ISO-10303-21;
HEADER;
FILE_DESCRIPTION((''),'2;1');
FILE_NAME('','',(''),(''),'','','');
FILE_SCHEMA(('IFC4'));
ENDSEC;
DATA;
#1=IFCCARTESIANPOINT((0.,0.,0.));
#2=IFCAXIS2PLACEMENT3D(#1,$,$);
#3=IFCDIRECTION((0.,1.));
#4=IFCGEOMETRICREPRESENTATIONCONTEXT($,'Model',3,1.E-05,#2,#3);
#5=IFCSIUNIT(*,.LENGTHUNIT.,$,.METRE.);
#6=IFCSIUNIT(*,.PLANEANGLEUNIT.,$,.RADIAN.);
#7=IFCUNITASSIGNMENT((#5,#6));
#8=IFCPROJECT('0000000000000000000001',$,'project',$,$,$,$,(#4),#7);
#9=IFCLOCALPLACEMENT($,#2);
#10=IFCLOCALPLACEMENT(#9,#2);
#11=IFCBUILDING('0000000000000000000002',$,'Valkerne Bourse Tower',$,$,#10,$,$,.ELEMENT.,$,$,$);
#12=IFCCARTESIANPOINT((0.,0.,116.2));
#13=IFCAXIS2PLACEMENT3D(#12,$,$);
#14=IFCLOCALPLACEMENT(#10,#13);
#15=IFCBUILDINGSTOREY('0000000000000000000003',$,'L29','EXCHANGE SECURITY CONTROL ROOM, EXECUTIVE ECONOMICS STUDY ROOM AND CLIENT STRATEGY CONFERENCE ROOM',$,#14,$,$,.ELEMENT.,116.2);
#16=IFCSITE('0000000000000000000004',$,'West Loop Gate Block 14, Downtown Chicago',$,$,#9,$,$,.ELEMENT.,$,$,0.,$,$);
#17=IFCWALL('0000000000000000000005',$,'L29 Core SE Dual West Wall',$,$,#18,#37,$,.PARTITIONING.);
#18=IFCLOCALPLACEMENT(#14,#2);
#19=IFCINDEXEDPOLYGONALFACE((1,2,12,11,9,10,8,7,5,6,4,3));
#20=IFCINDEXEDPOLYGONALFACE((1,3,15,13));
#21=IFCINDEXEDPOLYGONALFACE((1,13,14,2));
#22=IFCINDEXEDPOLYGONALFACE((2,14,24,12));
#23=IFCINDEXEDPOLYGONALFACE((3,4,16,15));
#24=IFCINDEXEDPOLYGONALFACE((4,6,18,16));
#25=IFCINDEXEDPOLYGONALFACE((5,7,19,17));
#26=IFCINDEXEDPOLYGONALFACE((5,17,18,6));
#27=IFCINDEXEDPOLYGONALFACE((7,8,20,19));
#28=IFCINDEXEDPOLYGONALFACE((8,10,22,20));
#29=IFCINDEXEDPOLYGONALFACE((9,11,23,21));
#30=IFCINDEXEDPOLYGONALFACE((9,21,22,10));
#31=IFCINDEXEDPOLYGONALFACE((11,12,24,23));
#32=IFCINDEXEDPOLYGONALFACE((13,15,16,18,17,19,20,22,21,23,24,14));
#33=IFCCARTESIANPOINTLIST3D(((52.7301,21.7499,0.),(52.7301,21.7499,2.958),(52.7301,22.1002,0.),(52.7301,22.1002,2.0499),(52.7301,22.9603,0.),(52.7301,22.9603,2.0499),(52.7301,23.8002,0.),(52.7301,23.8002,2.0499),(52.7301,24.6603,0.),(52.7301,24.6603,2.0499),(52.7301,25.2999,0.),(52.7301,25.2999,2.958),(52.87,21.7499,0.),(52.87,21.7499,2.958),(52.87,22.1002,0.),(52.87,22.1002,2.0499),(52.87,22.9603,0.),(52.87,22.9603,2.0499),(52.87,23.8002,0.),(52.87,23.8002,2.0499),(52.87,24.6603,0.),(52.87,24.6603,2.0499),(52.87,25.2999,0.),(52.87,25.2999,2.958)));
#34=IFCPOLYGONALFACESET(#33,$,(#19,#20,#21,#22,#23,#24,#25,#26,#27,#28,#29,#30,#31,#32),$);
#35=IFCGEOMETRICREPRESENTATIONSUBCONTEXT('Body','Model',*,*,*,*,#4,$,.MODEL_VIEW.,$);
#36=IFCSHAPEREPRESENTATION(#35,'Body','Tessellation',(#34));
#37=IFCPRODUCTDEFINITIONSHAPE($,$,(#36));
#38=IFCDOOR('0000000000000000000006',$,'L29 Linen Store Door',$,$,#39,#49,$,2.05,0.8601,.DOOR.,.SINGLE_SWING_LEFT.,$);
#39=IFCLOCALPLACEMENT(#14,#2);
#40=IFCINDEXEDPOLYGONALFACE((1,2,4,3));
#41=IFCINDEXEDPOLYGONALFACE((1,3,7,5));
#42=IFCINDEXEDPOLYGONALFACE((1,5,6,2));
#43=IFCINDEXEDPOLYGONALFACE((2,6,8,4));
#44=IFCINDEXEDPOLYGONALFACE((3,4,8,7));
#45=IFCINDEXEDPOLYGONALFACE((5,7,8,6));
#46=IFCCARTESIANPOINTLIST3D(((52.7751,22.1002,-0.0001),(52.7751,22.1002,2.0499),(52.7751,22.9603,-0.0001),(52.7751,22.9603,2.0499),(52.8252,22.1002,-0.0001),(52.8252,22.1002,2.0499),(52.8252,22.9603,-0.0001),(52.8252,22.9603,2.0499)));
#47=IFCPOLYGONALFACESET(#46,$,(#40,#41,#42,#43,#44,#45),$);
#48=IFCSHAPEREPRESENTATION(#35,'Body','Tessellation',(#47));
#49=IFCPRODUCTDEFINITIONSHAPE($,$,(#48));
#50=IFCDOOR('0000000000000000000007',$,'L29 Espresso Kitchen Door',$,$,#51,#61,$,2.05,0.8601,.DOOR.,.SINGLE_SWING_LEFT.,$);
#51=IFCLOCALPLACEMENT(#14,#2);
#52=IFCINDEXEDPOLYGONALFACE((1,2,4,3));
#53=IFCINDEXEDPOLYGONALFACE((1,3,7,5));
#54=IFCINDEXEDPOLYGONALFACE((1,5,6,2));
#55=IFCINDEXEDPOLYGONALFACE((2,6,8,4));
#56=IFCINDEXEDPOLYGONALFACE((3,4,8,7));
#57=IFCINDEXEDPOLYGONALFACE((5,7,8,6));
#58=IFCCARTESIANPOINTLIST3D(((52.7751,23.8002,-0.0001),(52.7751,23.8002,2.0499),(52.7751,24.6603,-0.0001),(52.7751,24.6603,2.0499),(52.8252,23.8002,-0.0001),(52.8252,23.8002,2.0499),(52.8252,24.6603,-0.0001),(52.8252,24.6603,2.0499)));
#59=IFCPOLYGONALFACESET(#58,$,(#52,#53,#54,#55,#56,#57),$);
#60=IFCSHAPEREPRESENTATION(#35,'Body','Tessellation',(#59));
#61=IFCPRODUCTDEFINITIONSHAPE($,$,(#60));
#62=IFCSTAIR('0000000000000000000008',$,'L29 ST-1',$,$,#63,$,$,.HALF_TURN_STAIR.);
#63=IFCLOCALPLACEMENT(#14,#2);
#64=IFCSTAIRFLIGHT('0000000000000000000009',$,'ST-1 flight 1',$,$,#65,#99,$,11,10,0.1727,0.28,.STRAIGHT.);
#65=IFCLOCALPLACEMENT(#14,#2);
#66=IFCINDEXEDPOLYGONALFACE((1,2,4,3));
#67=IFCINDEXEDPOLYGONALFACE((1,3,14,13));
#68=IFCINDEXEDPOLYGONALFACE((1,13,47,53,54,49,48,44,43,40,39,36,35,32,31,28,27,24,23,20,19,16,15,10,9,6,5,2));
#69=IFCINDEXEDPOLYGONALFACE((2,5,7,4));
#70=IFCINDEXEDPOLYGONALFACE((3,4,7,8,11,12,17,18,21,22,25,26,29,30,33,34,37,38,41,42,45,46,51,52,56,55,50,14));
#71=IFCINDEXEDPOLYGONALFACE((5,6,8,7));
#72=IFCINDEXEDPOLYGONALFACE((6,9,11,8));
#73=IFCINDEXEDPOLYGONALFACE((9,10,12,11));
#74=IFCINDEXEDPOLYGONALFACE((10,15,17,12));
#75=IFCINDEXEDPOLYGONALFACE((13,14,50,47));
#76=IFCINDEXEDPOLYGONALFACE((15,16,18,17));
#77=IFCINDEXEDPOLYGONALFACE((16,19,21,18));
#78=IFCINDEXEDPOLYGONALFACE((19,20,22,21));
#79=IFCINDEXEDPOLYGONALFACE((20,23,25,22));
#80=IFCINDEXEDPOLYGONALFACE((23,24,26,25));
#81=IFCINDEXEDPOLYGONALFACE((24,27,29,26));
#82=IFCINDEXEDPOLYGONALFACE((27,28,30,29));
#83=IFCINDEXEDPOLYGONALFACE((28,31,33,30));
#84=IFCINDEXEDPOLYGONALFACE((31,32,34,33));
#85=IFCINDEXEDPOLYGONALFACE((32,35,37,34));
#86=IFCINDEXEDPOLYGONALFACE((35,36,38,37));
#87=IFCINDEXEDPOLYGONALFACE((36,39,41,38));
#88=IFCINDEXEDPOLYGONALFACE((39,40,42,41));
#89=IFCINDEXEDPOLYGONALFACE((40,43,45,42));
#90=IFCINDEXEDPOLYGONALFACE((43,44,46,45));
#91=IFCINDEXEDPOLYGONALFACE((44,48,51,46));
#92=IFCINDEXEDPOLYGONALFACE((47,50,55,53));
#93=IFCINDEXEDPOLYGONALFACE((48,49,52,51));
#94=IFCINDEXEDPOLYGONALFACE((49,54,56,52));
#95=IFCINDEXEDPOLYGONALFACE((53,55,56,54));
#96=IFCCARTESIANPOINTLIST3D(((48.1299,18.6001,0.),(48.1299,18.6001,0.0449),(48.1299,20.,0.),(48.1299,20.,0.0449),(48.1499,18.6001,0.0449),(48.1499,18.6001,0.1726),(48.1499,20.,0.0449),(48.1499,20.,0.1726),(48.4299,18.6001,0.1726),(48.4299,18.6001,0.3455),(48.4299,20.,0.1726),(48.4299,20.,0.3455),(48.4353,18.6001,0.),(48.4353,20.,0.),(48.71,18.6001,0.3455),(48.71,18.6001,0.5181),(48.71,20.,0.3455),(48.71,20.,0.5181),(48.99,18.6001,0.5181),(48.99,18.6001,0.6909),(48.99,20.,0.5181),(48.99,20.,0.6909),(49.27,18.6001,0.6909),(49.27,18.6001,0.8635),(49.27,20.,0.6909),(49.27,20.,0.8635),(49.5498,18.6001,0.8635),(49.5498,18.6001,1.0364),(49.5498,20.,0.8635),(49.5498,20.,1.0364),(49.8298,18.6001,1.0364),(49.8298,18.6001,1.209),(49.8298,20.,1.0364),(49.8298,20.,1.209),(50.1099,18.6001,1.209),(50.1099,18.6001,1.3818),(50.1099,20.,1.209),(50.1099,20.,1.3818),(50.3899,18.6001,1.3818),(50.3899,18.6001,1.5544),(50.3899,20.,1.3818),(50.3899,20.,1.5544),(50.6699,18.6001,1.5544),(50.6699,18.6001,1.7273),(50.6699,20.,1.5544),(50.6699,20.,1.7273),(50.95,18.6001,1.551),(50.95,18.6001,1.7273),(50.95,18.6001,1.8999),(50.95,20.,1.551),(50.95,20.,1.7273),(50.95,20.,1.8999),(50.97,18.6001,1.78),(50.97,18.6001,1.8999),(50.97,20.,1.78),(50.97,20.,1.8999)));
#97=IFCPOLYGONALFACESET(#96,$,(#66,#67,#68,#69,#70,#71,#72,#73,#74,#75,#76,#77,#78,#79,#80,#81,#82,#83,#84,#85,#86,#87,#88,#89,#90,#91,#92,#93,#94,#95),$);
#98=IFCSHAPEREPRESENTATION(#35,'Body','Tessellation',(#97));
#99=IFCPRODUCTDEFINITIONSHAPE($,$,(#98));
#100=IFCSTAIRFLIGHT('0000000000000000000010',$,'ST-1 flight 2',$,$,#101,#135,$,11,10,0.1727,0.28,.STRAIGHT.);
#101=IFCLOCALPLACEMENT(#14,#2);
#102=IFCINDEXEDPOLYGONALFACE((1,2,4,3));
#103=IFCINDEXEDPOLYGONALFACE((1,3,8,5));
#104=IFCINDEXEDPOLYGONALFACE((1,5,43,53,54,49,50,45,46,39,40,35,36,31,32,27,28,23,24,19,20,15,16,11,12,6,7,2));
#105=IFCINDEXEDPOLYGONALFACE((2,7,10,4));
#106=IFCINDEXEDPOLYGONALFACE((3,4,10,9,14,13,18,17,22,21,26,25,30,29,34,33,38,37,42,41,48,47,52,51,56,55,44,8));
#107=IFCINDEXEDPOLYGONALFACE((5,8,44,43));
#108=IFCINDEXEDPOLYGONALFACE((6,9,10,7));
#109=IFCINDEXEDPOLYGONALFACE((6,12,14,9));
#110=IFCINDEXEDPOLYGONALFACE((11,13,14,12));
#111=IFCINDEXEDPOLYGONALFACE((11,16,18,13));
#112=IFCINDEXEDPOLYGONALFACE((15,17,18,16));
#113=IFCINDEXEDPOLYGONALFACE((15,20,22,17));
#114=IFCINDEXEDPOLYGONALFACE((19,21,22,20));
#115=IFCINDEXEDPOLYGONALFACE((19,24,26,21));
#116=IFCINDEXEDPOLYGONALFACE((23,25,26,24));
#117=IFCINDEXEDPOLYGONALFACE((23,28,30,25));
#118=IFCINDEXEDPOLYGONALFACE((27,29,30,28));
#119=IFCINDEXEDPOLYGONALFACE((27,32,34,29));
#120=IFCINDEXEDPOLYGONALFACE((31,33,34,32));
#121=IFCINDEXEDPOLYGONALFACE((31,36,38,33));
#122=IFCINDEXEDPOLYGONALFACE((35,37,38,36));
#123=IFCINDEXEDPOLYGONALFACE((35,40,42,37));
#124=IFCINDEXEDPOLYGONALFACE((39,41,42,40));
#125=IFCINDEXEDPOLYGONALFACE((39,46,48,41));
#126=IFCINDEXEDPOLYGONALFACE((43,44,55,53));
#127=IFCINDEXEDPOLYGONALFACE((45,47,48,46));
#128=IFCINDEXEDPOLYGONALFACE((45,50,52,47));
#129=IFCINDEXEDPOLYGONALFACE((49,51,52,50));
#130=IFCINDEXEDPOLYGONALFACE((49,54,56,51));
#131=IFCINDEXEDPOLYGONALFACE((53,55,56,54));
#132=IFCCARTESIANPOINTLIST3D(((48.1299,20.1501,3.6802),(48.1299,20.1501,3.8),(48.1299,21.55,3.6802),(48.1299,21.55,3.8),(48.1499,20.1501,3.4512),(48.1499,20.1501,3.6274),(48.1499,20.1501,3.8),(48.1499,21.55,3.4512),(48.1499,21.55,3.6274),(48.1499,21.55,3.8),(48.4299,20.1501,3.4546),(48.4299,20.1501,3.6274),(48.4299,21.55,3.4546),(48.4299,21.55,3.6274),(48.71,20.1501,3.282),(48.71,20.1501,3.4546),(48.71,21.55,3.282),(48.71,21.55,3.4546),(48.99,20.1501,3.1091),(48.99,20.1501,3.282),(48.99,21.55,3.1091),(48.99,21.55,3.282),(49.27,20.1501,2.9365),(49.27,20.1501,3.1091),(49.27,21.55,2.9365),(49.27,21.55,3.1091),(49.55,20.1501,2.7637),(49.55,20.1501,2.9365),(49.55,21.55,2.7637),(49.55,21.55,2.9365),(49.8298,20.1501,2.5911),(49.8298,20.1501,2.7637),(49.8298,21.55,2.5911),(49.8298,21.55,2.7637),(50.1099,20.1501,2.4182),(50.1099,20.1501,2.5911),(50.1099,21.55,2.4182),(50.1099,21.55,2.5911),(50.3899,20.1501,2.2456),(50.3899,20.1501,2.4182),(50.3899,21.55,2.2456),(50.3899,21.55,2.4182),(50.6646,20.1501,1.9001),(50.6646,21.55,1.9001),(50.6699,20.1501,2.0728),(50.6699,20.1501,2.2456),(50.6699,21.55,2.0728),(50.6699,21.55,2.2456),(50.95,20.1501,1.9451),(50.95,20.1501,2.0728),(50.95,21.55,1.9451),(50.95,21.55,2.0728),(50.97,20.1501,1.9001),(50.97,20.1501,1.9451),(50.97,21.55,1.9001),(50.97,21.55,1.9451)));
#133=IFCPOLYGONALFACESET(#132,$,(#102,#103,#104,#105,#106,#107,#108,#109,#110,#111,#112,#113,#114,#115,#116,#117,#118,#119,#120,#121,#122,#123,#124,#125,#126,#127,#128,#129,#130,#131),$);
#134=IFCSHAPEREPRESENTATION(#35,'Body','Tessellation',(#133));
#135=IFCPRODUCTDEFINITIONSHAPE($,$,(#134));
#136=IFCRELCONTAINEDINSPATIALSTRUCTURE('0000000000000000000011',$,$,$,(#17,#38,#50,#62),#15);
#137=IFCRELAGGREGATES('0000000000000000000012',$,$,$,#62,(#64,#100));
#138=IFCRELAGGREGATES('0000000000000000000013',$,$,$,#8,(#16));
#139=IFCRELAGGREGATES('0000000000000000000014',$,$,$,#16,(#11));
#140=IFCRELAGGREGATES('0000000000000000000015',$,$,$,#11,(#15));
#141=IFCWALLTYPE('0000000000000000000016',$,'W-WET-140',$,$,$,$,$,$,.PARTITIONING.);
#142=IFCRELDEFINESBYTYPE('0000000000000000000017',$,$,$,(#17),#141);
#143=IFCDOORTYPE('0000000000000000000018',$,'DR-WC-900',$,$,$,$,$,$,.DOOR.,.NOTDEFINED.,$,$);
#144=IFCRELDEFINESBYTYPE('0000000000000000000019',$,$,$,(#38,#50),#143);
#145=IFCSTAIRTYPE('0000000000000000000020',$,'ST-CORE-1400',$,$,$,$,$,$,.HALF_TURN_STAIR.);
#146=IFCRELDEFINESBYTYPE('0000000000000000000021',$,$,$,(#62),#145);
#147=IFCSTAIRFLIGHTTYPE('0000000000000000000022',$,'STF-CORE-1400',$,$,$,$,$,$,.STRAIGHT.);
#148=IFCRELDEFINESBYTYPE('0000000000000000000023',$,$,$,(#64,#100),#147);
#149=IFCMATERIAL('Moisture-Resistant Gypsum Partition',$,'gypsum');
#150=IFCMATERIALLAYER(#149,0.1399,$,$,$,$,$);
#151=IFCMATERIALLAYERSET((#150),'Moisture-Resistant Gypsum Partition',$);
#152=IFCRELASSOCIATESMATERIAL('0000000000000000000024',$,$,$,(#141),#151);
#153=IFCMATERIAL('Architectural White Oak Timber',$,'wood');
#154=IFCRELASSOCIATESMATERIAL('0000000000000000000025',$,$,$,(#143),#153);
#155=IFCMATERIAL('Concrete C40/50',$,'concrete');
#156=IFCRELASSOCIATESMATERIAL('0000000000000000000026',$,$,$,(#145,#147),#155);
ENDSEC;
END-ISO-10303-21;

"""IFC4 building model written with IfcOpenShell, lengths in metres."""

from ifc_helpers import new_model, si_unit, direction, frame, frame_2d, origin, place, context, subcontext, project, spatial, polyline, rectangle, outline, extrude, material, layer, layer_set, type_object, element, fill, aggregate, save


model = new_model("IFC4")

# Units and contexts
model_context = context("Model", 3, precision=1e-05, world=origin(), true_north=direction((0.0, 1.0)))
body_context = subcontext(model_context, "Body", "Model", "MODEL_VIEW")
ifc_project = project(units=[si_unit("LENGTHUNIT", "METRE"), si_unit("PLANEANGLEUNIT", "RADIAN")], contexts=[model_context])

# Site, building, storey
site_placement = place(None, origin())
site = spatial("IfcSite", under=ifc_project, at=site_placement, Name="West Loop Gate Block 14, Downtown Chicago", CompositionType="ELEMENT", RefElevation=0.0)
building_placement = place(site_placement, origin())
building = spatial("IfcBuilding", under=site, at=building_placement, Name="Valkerne Bourse Tower", CompositionType="ELEMENT")
storey_placement = place(building_placement, frame((0.0, 0.0, 116.2)))
storey = spatial("IfcBuildingStorey", under=building, at=storey_placement, Name="L29", Description="EXCHANGE SECURITY CONTROL ROOM, EXECUTIVE ECONOMICS STUDY ROOM AND CLIENT STRATEGY CONFERENCE ROOM", CompositionType="ELEMENT", Elevation=116.2)

# Wall, openings, doors
ifc_material_1 = material(Name="Moisture-Resistant Gypsum Partition", Category="gypsum")
ifc_layer_1 = layer(ifc_material_1, 0.1399)
ifc_layer_set_1 = layer_set([ifc_layer_1], Name="Moisture-Resistant Gypsum Partition")
wall_type_1 = type_object("IfcWallType", Name="W-WET-140", PredefinedType="PARTITIONING", material=ifc_layer_set_1)
wall_1_placement = place(storey_placement, frame((52.8, 21.75, 0.0), z_axis=(0.0, 0.0, 1.0), x_axis=(0.0, 1.0, 0.0)))
wall_1 = element("IfcWall", 1, at=wall_1_placement, inside=storey, type_object=wall_type_1, Name="L29 Core SE Dual West Wall", PredefinedType="PARTITIONING", context=body_context, shape_type="SweptSolid", body=[
    extrude(rectangle(XDim=3.55, YDim=0.1399, at=frame_2d((1.7749, 0.0))), origin(), (0.0, 0.0, 1.0), 2.958),
])
opening_1_placement = place(wall_1_placement, frame((0.3501, 0.0, 0.0)))
opening_1 = element("IfcOpeningElement", 2, at=opening_1_placement, cuts=wall_1, PredefinedType="OPENING", context=body_context, shape_type="SweptSolid", body=[
    extrude(rectangle(XDim=0.8601, YDim=2.05, at=frame_2d((0.4302, 1.0249))), frame((0.0, 0.0798, 0.0), z_axis=(0.0, -1.0, 0.0), x_axis=(1.0, 0.0, 0.0)), (0.0, 0.0, 1.0), 0.1599),
])
opening_2_placement = place(wall_1_placement, frame((2.05, 0.0, 0.0)))
opening_2 = element("IfcOpeningElement", 3, at=opening_2_placement, cuts=wall_1, PredefinedType="OPENING", context=body_context, shape_type="SweptSolid", body=[
    extrude(rectangle(XDim=0.8601, YDim=2.05, at=frame_2d((0.4302, 1.0249))), frame((0.0, 0.0798, 0.0), z_axis=(0.0, -1.0, 0.0), x_axis=(1.0, 0.0, 0.0)), (0.0, 0.0, 1.0), 0.1599),
])
ifc_material_2 = material(Name="Architectural White Oak Timber", Category="wood")
door_type_1 = type_object("IfcDoorType", Name="DR-WC-900", OperationType="NOTDEFINED", PredefinedType="DOOR", material=ifc_material_2)
door_1_placement = place(opening_1_placement, origin())
door_1 = element("IfcDoor", 4, at=door_1_placement, inside=storey, type_object=door_type_1, Name="L29 Linen Store Door", OperationType="SINGLE_SWING_LEFT", OverallHeight=2.05, OverallWidth=0.8601, PredefinedType="DOOR", context=body_context, shape_type="SweptSolid", body=[
    extrude(rectangle(XDim=0.8601, YDim=2.05, at=frame_2d((0.4302, 1.0249))), frame((0.0, 0.0249, 0.0), z_axis=(0.0, -1.0, 0.0), x_axis=(1.0, 0.0, 0.0)), (0.0, 0.0, 1.0), 0.05),
])
fill(opening_1, door_1)
door_2_placement = place(opening_2_placement, origin())
door_2 = element("IfcDoor", 5, at=door_2_placement, inside=storey, type_object=door_type_1, Name="L29 Espresso Kitchen Door", OperationType="SINGLE_SWING_LEFT", OverallHeight=2.05, OverallWidth=0.8601, PredefinedType="DOOR", context=body_context, shape_type="SweptSolid", body=[
    extrude(rectangle(XDim=0.8601, YDim=2.05, at=frame_2d((0.4302, 1.0249))), frame((0.0, 0.0249, 0.0), z_axis=(0.0, -1.0, 0.0), x_axis=(1.0, 0.0, 0.0)), (0.0, 0.0, 1.0), 0.05),
])
fill(opening_2, door_2)

# Stair, stair flights
ifc_material_3 = material(Name="Concrete C40/50", Category="concrete")
stair_type = type_object("IfcStairType", Name="ST-CORE-1400", PredefinedType="HALF_TURN_STAIR", material=ifc_material_3)
stair_placement = place(storey_placement, origin())
stair = element("IfcStair", 6, at=stair_placement, inside=storey, type_object=stair_type, Name="L29 ST-1", PredefinedType="HALF_TURN_STAIR")
stair_flight_type = type_object("IfcStairFlightType", Name="STF-CORE-1400", PredefinedType="STRAIGHT", material=ifc_material_3)
stair_flight_1_placement = place(storey_placement, frame((48.1499, 19.3, 0.0), z_axis=(0.0, 0.0, 1.0), x_axis=(1.0, 0.0, 0.0)))
stair_flight_1 = element("IfcStairFlight", 7, at=stair_flight_1_placement, type_object=stair_flight_type, Name="ST-1 flight 1", NumberOfRisers=11, NumberOfTreads=10, PredefinedType="STRAIGHT", RiserHeight=0.1727, TreadLength=0.28, context=body_context, shape_type="SweptSolid", body=[
    extrude(outline(polyline([(-0.02, 0.0), (-0.02, 0.0449), (0.0, 0.0449), (0.0, 0.1726), (0.28, 0.1726), (0.28, 0.3455), (0.5601, 0.3455), (0.5601, 0.5181), (0.8401, 0.5181), (0.8401, 0.6909), (1.1201, 0.6909), (1.1201, 0.8635), (1.3999, 0.8635), (1.3999, 1.0364), (1.6799, 1.0364), (1.6799, 1.209), (1.96, 1.209), (1.96, 1.3818), (2.24, 1.3818), (2.24, 1.5544), (2.52, 1.5544), (2.52, 1.7273), (2.8, 1.7273), (2.8, 1.8999), (2.8201, 1.8999), (2.8201, 1.78), (2.8, 1.551), (0.2854, 0.0), (-0.02, 0.0)])), frame((0.0, 0.7, 0.0), z_axis=(0.0, -1.0, 0.0), x_axis=(1.0, 0.0, 0.0)), (0.0, 0.0, 1.0), 1.3999),
])
stair_flight_2_placement = place(storey_placement, frame((50.95, 20.8501, 1.9001), z_axis=(0.0, 0.0, 1.0), x_axis=(-1.0, 0.0, 0.0)))
stair_flight_2 = element("IfcStairFlight", 8, at=stair_flight_2_placement, type_object=stair_flight_type, Name="ST-1 flight 2", NumberOfRisers=11, NumberOfTreads=10, PredefinedType="STRAIGHT", RiserHeight=0.1727, TreadLength=0.28, context=body_context, shape_type="SweptSolid", body=[
    extrude(outline(polyline([(-0.02, 0.0), (-0.02, 0.0449), (0.0, 0.0449), (0.0, 0.1726), (0.28, 0.1726), (0.28, 0.3455), (0.5601, 0.3455), (0.5601, 0.5181), (0.8401, 0.5181), (0.8401, 0.6909), (1.1201, 0.6909), (1.1201, 0.8635), (1.3999, 0.8635), (1.3999, 1.0364), (1.6799, 1.0364), (1.6799, 1.209), (1.96, 1.209), (1.96, 1.3818), (2.24, 1.3818), (2.24, 1.5544), (2.52, 1.5544), (2.52, 1.7273), (2.8, 1.7273), (2.8, 1.8999), (2.8201, 1.8999), (2.8201, 1.78), (2.8, 1.551), (0.2854, 0.0), (-0.02, 0.0)])), frame((0.0, 0.7, 0.0), z_axis=(0.0, -1.0, 0.0), x_axis=(1.0, 0.0, 0.0)), (0.0, 0.0, 1.0), 1.3999),
])
aggregate(stair, [stair_flight_1, stair_flight_2])

save(model, "model.ifc")
